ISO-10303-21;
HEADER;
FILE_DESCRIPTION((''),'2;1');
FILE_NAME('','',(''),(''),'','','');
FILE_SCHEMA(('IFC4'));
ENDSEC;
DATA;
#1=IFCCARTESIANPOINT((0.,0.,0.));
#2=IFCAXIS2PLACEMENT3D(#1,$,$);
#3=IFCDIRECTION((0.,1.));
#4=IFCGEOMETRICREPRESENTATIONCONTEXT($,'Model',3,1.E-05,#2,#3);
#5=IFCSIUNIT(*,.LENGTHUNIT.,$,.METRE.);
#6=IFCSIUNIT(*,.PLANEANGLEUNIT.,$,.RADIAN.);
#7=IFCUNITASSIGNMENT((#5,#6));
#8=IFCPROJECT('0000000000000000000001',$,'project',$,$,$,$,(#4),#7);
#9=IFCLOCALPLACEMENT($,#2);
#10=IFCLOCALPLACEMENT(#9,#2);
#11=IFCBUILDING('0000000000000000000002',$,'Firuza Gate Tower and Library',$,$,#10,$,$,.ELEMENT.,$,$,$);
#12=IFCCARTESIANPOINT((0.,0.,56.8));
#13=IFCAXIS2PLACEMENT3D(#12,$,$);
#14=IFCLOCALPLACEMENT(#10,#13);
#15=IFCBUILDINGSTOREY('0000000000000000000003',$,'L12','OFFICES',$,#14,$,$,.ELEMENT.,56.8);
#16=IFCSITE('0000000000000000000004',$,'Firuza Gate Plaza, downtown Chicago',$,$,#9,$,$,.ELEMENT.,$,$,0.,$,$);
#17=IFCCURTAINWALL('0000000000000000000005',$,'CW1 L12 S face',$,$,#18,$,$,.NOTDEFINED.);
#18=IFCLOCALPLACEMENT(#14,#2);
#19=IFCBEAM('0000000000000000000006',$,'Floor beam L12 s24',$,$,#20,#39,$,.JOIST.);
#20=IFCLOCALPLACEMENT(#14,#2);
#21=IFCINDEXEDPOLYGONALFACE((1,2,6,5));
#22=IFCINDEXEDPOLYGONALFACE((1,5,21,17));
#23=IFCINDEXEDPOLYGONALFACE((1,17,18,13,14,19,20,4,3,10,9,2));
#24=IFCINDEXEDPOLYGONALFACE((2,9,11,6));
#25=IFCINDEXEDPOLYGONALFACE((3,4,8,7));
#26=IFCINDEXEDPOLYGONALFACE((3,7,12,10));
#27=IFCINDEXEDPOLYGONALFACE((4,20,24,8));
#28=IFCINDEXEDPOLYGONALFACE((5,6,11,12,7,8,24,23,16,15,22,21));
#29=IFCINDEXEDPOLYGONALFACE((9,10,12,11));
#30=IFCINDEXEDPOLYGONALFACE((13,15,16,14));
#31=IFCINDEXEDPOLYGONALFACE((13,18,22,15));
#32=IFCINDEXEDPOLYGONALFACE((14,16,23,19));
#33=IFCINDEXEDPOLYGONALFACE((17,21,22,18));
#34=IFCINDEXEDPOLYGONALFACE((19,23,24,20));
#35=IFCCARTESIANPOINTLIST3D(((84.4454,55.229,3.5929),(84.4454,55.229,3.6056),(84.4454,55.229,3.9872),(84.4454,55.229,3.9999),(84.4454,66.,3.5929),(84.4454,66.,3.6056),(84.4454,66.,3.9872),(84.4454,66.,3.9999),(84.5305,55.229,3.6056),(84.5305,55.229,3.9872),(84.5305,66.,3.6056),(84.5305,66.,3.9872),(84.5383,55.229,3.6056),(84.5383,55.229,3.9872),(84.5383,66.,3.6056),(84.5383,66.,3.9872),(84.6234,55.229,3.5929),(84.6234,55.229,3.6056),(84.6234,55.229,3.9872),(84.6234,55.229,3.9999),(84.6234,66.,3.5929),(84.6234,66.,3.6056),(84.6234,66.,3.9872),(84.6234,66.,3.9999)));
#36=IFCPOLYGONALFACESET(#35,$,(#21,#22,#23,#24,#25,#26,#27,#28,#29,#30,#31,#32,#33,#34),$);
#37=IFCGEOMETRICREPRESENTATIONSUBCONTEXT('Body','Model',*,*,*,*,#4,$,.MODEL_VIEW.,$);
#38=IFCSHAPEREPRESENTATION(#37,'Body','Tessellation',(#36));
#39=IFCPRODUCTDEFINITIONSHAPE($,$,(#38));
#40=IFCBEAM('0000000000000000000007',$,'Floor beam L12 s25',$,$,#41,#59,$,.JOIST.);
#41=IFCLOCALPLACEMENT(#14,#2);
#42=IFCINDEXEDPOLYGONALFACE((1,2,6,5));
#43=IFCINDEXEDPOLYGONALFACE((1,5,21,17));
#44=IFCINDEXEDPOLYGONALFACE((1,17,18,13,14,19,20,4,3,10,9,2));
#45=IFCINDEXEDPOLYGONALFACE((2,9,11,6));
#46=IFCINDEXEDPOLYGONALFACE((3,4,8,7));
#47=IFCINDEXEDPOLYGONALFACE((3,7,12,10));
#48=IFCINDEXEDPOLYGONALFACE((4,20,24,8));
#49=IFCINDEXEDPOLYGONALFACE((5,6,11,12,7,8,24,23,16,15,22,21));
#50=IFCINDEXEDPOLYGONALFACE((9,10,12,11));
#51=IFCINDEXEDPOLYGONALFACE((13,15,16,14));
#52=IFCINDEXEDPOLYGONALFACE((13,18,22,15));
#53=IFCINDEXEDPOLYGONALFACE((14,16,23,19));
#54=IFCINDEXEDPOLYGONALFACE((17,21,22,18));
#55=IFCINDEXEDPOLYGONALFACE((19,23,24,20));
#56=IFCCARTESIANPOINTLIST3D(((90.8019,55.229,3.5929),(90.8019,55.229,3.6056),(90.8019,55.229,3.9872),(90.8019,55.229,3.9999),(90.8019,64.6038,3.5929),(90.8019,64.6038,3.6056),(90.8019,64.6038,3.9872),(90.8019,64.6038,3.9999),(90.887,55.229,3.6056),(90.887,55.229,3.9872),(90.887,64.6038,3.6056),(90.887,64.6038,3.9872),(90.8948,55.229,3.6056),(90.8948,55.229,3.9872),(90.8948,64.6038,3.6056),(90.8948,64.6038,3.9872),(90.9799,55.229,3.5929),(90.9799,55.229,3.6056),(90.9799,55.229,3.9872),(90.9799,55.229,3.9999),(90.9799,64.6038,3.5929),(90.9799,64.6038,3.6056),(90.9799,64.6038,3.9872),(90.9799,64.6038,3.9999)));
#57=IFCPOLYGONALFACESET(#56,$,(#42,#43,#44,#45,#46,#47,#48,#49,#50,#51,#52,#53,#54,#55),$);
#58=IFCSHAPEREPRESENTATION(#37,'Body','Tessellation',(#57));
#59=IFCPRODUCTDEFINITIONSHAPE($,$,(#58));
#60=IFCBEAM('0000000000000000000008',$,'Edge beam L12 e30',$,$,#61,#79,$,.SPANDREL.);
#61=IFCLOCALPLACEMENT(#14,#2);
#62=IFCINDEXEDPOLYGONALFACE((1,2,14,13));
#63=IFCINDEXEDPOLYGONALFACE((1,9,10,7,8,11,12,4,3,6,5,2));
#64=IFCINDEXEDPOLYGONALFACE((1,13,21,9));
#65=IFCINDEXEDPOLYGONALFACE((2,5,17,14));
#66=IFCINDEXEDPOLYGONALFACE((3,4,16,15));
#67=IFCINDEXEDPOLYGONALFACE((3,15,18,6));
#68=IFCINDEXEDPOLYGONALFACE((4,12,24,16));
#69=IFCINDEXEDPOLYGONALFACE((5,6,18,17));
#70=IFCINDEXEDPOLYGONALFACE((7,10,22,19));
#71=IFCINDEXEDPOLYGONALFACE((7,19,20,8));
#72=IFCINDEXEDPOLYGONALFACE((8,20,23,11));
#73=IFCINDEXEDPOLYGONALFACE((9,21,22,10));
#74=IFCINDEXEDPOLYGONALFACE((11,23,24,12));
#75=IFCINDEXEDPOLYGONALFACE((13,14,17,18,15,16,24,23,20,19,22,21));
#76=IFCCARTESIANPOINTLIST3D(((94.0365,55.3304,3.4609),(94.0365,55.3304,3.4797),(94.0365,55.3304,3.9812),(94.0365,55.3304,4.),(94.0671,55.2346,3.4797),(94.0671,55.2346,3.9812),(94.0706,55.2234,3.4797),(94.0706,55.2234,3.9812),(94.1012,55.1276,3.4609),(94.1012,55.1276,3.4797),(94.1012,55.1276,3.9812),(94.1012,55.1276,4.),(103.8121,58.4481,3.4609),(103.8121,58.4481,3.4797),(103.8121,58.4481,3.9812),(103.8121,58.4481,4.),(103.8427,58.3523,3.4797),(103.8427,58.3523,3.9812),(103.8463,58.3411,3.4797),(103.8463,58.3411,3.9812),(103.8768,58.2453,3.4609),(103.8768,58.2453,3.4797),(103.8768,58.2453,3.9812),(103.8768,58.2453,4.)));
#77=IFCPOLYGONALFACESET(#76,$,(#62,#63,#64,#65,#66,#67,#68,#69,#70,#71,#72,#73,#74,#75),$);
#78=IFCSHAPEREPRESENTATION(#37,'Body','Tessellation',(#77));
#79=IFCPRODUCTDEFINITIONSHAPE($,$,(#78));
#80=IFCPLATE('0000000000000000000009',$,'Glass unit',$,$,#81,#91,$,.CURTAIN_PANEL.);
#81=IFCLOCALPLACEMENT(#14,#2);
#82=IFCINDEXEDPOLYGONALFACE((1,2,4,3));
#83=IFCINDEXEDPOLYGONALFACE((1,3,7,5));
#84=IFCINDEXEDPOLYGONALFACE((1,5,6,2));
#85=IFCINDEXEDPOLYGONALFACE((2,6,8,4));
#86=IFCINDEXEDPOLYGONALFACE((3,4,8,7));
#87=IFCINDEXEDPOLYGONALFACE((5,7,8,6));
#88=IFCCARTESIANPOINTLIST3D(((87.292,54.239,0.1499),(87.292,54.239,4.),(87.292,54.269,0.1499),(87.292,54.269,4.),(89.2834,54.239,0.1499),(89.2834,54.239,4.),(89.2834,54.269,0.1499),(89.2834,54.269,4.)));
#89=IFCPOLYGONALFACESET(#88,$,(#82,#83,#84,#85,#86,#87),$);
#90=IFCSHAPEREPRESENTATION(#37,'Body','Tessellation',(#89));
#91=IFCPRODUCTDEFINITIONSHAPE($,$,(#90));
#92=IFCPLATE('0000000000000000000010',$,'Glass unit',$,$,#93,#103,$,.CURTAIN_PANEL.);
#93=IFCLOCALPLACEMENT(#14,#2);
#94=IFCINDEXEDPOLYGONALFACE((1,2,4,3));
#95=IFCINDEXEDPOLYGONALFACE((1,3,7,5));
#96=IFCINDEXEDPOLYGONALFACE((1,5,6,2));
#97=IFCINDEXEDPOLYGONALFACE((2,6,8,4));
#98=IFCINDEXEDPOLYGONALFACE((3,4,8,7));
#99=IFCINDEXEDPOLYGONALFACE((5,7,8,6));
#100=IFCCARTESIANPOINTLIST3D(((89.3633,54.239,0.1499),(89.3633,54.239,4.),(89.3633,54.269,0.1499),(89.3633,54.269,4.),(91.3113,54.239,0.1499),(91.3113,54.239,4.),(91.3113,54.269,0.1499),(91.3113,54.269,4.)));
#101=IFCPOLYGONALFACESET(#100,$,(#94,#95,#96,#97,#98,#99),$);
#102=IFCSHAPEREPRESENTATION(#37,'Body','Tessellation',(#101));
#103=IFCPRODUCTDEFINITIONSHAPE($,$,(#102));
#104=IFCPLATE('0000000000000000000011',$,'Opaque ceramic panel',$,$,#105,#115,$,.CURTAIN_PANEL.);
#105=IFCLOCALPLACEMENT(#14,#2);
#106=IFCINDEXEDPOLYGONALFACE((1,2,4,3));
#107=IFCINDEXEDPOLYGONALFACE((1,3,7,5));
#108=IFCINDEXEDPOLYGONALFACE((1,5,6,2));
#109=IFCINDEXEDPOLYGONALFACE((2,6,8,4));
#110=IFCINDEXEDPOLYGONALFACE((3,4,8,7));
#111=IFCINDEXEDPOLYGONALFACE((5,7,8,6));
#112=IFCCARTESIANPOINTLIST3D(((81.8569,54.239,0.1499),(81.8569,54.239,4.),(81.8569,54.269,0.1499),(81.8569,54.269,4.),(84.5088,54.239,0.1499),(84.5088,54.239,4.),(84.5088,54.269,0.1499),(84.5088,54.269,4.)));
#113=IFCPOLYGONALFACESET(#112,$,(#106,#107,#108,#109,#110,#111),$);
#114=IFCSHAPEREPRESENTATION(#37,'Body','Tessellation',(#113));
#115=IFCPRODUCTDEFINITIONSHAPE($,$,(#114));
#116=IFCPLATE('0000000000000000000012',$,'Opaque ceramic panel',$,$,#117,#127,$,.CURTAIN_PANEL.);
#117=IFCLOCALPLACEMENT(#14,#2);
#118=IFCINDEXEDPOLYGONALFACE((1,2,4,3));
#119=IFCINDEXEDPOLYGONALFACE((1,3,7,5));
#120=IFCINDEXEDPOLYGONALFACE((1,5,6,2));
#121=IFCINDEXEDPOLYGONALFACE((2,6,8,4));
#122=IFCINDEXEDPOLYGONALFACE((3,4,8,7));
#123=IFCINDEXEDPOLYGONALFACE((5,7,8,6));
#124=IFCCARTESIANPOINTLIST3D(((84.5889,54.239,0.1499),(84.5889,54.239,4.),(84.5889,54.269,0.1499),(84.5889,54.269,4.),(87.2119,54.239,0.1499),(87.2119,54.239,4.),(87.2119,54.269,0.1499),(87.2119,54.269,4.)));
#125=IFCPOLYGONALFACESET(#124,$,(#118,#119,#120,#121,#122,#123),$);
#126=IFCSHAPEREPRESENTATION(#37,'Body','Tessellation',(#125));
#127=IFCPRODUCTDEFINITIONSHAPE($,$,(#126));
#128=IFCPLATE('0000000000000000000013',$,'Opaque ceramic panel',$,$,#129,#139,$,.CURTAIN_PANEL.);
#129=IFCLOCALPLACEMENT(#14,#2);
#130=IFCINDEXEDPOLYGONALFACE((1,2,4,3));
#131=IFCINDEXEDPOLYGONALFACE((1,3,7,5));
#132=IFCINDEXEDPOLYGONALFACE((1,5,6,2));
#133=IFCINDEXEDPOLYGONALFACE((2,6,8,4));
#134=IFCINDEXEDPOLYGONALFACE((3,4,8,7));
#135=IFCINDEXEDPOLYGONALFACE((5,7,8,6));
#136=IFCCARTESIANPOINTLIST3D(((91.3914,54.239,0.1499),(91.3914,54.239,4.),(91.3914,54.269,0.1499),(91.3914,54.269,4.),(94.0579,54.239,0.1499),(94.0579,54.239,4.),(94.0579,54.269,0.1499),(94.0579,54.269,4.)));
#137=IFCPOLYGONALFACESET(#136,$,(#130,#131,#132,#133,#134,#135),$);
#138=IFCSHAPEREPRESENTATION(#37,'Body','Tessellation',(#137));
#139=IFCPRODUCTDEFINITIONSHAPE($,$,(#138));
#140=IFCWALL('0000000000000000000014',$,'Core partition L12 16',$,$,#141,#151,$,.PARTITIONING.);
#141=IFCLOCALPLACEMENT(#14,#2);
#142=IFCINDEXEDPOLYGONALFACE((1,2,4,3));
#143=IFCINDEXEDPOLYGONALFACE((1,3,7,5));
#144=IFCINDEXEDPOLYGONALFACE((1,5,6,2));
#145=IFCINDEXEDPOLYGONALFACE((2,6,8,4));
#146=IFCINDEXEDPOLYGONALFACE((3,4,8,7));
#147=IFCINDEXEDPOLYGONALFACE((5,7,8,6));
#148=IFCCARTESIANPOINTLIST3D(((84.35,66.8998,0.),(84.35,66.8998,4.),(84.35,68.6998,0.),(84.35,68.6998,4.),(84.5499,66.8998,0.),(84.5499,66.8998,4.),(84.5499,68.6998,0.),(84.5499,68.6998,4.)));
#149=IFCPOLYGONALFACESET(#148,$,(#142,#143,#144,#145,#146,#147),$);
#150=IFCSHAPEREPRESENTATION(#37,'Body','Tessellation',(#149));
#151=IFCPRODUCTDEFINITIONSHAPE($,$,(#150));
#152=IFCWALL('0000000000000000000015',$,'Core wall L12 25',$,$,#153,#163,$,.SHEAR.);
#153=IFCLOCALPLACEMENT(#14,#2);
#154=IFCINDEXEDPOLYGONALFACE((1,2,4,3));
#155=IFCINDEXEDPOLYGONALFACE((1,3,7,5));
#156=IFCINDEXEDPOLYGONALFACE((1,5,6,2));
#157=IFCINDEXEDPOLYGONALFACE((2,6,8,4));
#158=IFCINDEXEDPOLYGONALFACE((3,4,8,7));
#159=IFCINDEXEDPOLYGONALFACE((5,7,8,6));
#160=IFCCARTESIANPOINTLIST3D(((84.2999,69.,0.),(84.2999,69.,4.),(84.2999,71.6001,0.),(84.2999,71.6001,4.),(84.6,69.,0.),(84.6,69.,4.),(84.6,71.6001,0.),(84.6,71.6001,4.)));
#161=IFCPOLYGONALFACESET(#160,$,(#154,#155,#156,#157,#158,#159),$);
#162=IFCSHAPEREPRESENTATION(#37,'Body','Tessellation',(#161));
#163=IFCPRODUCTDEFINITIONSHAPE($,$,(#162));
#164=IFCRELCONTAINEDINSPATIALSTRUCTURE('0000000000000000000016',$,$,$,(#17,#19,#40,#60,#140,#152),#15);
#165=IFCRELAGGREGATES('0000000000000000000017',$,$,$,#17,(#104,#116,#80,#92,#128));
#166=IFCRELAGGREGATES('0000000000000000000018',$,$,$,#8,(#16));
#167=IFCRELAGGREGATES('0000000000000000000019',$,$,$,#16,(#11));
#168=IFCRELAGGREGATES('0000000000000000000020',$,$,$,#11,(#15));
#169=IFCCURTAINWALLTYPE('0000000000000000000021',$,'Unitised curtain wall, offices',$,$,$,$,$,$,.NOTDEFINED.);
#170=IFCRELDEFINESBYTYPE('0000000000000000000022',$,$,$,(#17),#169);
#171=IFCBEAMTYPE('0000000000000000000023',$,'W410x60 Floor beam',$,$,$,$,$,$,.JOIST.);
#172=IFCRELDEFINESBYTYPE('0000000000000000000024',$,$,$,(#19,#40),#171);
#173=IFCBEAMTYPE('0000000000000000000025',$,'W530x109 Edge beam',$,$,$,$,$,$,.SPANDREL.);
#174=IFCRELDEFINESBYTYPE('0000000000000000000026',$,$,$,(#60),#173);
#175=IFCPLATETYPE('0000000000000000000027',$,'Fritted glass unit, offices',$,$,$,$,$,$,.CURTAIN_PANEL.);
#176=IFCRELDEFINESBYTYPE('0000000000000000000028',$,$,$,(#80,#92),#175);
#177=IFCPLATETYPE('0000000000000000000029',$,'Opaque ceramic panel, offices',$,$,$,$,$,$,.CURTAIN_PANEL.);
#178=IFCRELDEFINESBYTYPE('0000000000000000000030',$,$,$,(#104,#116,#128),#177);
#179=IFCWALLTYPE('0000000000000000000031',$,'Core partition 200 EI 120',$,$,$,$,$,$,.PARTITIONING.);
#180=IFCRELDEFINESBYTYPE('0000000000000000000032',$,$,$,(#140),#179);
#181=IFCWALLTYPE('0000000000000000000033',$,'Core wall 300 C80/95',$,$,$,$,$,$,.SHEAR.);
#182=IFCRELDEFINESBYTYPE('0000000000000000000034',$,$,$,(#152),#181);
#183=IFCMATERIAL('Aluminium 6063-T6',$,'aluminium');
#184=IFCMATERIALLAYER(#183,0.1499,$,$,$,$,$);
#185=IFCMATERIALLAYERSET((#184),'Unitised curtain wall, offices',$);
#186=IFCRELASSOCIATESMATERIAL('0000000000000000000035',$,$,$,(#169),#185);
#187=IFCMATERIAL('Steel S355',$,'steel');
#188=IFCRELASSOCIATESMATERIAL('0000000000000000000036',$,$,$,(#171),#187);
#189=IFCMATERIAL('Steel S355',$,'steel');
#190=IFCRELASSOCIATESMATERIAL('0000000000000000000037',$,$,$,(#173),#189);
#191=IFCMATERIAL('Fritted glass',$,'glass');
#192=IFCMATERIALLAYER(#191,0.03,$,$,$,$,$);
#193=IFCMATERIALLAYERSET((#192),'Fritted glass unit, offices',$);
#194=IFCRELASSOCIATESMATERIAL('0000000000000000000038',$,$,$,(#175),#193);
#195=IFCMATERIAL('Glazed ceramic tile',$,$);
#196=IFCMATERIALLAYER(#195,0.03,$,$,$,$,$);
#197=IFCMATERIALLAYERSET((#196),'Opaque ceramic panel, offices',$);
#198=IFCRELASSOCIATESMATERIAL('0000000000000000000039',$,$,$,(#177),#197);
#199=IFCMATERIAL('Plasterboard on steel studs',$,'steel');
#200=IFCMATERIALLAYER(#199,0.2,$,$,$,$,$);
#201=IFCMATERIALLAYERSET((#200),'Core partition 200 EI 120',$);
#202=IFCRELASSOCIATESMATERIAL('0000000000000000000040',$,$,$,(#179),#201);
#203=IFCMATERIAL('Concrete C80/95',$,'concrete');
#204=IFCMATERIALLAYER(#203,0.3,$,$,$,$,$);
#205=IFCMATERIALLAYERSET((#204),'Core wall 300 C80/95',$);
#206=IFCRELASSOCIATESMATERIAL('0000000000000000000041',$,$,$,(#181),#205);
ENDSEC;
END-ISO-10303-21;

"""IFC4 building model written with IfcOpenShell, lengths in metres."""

from ifc_helpers import new_model, si_unit, direction, frame, frame_2d, origin, origin_2d, place, context, subcontext, project, spatial, polyline, rectangle, i_section, outline, extrude, material, layer, layer_set, material_profile, profile_set, type_object, element, aggregate, save


model = new_model("IFC4")

# Units and contexts
model_context = context("Model", 3, precision=1e-05, world=origin(), true_north=direction((0.0, 1.0)))
body_context = subcontext(model_context, "Body", "Model", "MODEL_VIEW")
ifc_project = project(units=[si_unit("LENGTHUNIT", "METRE"), si_unit("PLANEANGLEUNIT", "RADIAN")], contexts=[model_context])

# Site, building, storey
site_placement = place(None, origin())
site = spatial("IfcSite", under=ifc_project, at=site_placement, Name="Firuza Gate Plaza, downtown Chicago", CompositionType="ELEMENT", RefElevation=0.0)
building_placement = place(site_placement, origin())
building = spatial("IfcBuilding", under=site, at=building_placement, Name="Firuza Gate Tower and Library", CompositionType="ELEMENT")
storey_placement = place(building_placement, frame((0.0, 0.0, 56.8)))
storey = spatial("IfcBuildingStorey", under=building, at=storey_placement, Name="L12", Description="OFFICES", CompositionType="ELEMENT", Elevation=56.8)

# Curtain wall
ifc_material_1 = material(Name="Aluminium 6063-T6", Category="aluminium")
ifc_layer_1 = layer(ifc_material_1, 0.1499)
ifc_layer_set_1 = layer_set([ifc_layer_1], Name="Unitised curtain wall, offices")
curtain_wall_type = type_object("IfcCurtainWallType", Name="Unitised curtain wall, offices", PredefinedType="NOTDEFINED", material=ifc_layer_set_1)
curtain_wall_placement = place(storey_placement, origin())
curtain_wall = element("IfcCurtainWall", 1, at=curtain_wall_placement, inside=storey, type_object=curtain_wall_type, Name="CW1 L12 S face", PredefinedType="NOTDEFINED")

# Beams
ifc_material_2 = material(Name="Steel S355", Category="steel")
ifc_material_profile_1 = material_profile(ifc_material_2, i_section(OverallWidth=0.178, OverallDepth=0.407, WebThickness=0.0078, FlangeThickness=0.0127, at=origin_2d()))
ifc_profile_set_1 = profile_set([ifc_material_profile_1], Name="Steel S355")
beam_type_1 = type_object("IfcBeamType", Name="W410x60 Floor beam", PredefinedType="JOIST", material=ifc_profile_set_1)
beam_1_placement = place(storey_placement, frame((84.5344, 55.229, 3.7964), z_axis=(0.0, 1.0, 0.0), x_axis=(-1.0, 0.0, 0.0)))
element("IfcBeam", 2, at=beam_1_placement, inside=storey, type_object=beam_type_1, Name="Floor beam L12 s24", PredefinedType="JOIST", context=body_context, shape_type="SweptSolid", body=[
    extrude(i_section(OverallWidth=0.178, OverallDepth=0.407, WebThickness=0.0078, FlangeThickness=0.0127, at=origin_2d()), origin(), (0.0, 0.0, 1.0), 10.771),
])
beam_2_placement = place(storey_placement, frame((90.8909, 55.229, 3.7964), z_axis=(0.0, 1.0, 0.0), x_axis=(-1.0, 0.0, 0.0)))
element("IfcBeam", 3, at=beam_2_placement, inside=storey, type_object=beam_type_1, Name="Floor beam L12 s25", PredefinedType="JOIST", context=body_context, shape_type="SweptSolid", body=[
    extrude(i_section(OverallWidth=0.178, OverallDepth=0.407, WebThickness=0.0078, FlangeThickness=0.0127, at=origin_2d()), origin(), (0.0, 0.0, 1.0), 9.3748),
])
ifc_material_3 = material(Name="Steel S355", Category="steel")
ifc_material_profile_2 = material_profile(ifc_material_3, i_section(OverallWidth=0.2129, OverallDepth=0.5391, WebThickness=0.0117, FlangeThickness=0.0188, at=origin_2d()))
ifc_profile_set_2 = profile_set([ifc_material_profile_2], Name="Steel S355")
beam_type_2 = type_object("IfcBeamType", Name="W530x109 Edge beam", PredefinedType="SPANDREL", material=ifc_profile_set_2)
beam_3_placement = place(storey_placement, frame((94.0688, 55.229, 3.7305), z_axis=(0.952722, 0.303845, 0.0), x_axis=(-0.303845, 0.952722, 0.0)))
element("IfcBeam", 4, at=beam_3_placement, inside=storey, type_object=beam_type_2, Name="Edge beam L12 e30", PredefinedType="SPANDREL", context=body_context, shape_type="SweptSolid", body=[
    extrude(i_section(OverallWidth=0.2129, OverallDepth=0.5391, WebThickness=0.0117, FlangeThickness=0.0188, at=origin_2d()), origin(), (0.0, 0.0, 1.0), 10.2607),
])

# Plates
ifc_material_4 = material(Name="Fritted glass", Category="glass")
ifc_layer_2 = layer(ifc_material_4, 0.03)
ifc_layer_set_2 = layer_set([ifc_layer_2], Name="Fritted glass unit, offices")
plate_type_1 = type_object("IfcPlateType", Name="Fritted glass unit, offices", PredefinedType="CURTAIN_PANEL", material=ifc_layer_set_2)
plate_1_placement = place(storey_placement, frame((87.292, 54.239, 0.1499), z_axis=(0.0, -1.0, 0.0), x_axis=(1.0, 0.0, 0.0)))
plate_1 = element("IfcPlate", 5, at=plate_1_placement, type_object=plate_type_1, Name="Glass unit", PredefinedType="CURTAIN_PANEL", context=body_context, shape_type="SweptSolid", body=[
    extrude(outline(polyline([(0.0, 0.0), (1.9915, 0.0), (1.9915, 3.8501), (0.0, 3.8501), (0.0, 0.0)])), origin(), (0.0, 0.0, -1.0), 0.03),
])
plate_2_placement = place(storey_placement, frame((89.3633, 54.239, 0.1499), z_axis=(0.0, -1.0, 0.0), x_axis=(1.0, 0.0, 0.0)))
plate_2 = element("IfcPlate", 6, at=plate_2_placement, type_object=plate_type_1, Name="Glass unit", PredefinedType="CURTAIN_PANEL", context=body_context, shape_type="SweptSolid", body=[
    extrude(outline(polyline([(0.0, 0.0), (1.948, 0.0), (1.948, 3.8501), (0.0, 3.8501), (0.0, 0.0)])), origin(), (0.0, 0.0, -1.0), 0.03),
])
ifc_material_5 = material(Name="Glazed ceramic tile")
ifc_layer_3 = layer(ifc_material_5, 0.03)
ifc_layer_set_3 = layer_set([ifc_layer_3], Name="Opaque ceramic panel, offices")
plate_type_2 = type_object("IfcPlateType", Name="Opaque ceramic panel, offices", PredefinedType="CURTAIN_PANEL", material=ifc_layer_set_3)
plate_3_placement = place(storey_placement, frame((81.8569, 54.239, 0.1499), z_axis=(0.0, -1.0, 0.0), x_axis=(1.0, 0.0, 0.0)))
plate_3 = element("IfcPlate", 7, at=plate_3_placement, type_object=plate_type_2, Name="Opaque ceramic panel", PredefinedType="CURTAIN_PANEL", context=body_context, shape_type="SweptSolid", body=[
    extrude(outline(polyline([(0.0, 0.0), (2.6519, 0.0), (2.6519, 3.8501), (0.0, 3.8501), (0.0, 0.0)])), origin(), (0.0, 0.0, -1.0), 0.03),
])
plate_4_placement = place(storey_placement, frame((84.5889, 54.239, 0.1499), z_axis=(0.0, -1.0, 0.0), x_axis=(1.0, 0.0, 0.0)))
plate_4 = element("IfcPlate", 8, at=plate_4_placement, type_object=plate_type_2, Name="Opaque ceramic panel", PredefinedType="CURTAIN_PANEL", context=body_context, shape_type="SweptSolid", body=[
    extrude(outline(polyline([(0.0, 0.0), (2.623, 0.0), (2.623, 3.8501), (0.0, 3.8501), (0.0, 0.0)])), origin(), (0.0, 0.0, -1.0), 0.03),
])
plate_5_placement = place(storey_placement, frame((91.3914, 54.239, 0.1499), z_axis=(0.0, -1.0, 0.0), x_axis=(1.0, 0.0, 0.0)))
plate_5 = element("IfcPlate", 9, at=plate_5_placement, type_object=plate_type_2, Name="Opaque ceramic panel", PredefinedType="CURTAIN_PANEL", context=body_context, shape_type="SweptSolid", body=[
    extrude(outline(polyline([(0.0, 0.0), (2.6665, 0.0), (2.6665, 3.8501), (0.0, 3.8501), (0.0, 0.0)])), origin(), (0.0, 0.0, -1.0), 0.03),
])
aggregate(curtain_wall, [plate_3, plate_4, plate_1, plate_2, plate_5])

# Walls
ifc_material_6 = material(Name="Plasterboard on steel studs", Category="steel")
ifc_layer_4 = layer(ifc_material_6, 0.2)
ifc_layer_set_4 = layer_set([ifc_layer_4], Name="Core partition 200 EI 120")
wall_type_1 = type_object("IfcWallType", Name="Core partition 200 EI 120", PredefinedType="PARTITIONING", material=ifc_layer_set_4)
wall_1_placement = place(storey_placement, frame((84.45, 66.8999, 0.0), z_axis=(0.0, 0.0, 1.0), x_axis=(0.0, 1.0, 0.0)))
element("IfcWall", 10, at=wall_1_placement, inside=storey, type_object=wall_type_1, Name="Core partition L12 16", PredefinedType="PARTITIONING", context=body_context, shape_type="SweptSolid", body=[
    extrude(rectangle(XDim=1.8, YDim=0.2, at=frame_2d((0.8999, 0.0))), origin(), (0.0, 0.0, 1.0), 4.0),
])
ifc_material_7 = material(Name="Concrete C80/95", Category="concrete")
ifc_layer_5 = layer(ifc_material_7, 0.3)
ifc_layer_set_5 = layer_set([ifc_layer_5], Name="Core wall 300 C80/95")
wall_type_2 = type_object("IfcWallType", Name="Core wall 300 C80/95", PredefinedType="SHEAR", material=ifc_layer_set_5)
wall_2_placement = place(storey_placement, frame((84.45, 69.0, 0.0), z_axis=(0.0, 0.0, 1.0), x_axis=(0.0, 1.0, 0.0)))
element("IfcWall", 11, at=wall_2_placement, inside=storey, type_object=wall_type_2, Name="Core wall L12 25", PredefinedType="SHEAR", context=body_context, shape_type="SweptSolid", body=[
    extrude(rectangle(XDim=2.6001, YDim=0.3, at=frame_2d((1.3, 0.0))), origin(), (0.0, 0.0, 1.0), 4.0),
])

save(model, "model.ifc")
